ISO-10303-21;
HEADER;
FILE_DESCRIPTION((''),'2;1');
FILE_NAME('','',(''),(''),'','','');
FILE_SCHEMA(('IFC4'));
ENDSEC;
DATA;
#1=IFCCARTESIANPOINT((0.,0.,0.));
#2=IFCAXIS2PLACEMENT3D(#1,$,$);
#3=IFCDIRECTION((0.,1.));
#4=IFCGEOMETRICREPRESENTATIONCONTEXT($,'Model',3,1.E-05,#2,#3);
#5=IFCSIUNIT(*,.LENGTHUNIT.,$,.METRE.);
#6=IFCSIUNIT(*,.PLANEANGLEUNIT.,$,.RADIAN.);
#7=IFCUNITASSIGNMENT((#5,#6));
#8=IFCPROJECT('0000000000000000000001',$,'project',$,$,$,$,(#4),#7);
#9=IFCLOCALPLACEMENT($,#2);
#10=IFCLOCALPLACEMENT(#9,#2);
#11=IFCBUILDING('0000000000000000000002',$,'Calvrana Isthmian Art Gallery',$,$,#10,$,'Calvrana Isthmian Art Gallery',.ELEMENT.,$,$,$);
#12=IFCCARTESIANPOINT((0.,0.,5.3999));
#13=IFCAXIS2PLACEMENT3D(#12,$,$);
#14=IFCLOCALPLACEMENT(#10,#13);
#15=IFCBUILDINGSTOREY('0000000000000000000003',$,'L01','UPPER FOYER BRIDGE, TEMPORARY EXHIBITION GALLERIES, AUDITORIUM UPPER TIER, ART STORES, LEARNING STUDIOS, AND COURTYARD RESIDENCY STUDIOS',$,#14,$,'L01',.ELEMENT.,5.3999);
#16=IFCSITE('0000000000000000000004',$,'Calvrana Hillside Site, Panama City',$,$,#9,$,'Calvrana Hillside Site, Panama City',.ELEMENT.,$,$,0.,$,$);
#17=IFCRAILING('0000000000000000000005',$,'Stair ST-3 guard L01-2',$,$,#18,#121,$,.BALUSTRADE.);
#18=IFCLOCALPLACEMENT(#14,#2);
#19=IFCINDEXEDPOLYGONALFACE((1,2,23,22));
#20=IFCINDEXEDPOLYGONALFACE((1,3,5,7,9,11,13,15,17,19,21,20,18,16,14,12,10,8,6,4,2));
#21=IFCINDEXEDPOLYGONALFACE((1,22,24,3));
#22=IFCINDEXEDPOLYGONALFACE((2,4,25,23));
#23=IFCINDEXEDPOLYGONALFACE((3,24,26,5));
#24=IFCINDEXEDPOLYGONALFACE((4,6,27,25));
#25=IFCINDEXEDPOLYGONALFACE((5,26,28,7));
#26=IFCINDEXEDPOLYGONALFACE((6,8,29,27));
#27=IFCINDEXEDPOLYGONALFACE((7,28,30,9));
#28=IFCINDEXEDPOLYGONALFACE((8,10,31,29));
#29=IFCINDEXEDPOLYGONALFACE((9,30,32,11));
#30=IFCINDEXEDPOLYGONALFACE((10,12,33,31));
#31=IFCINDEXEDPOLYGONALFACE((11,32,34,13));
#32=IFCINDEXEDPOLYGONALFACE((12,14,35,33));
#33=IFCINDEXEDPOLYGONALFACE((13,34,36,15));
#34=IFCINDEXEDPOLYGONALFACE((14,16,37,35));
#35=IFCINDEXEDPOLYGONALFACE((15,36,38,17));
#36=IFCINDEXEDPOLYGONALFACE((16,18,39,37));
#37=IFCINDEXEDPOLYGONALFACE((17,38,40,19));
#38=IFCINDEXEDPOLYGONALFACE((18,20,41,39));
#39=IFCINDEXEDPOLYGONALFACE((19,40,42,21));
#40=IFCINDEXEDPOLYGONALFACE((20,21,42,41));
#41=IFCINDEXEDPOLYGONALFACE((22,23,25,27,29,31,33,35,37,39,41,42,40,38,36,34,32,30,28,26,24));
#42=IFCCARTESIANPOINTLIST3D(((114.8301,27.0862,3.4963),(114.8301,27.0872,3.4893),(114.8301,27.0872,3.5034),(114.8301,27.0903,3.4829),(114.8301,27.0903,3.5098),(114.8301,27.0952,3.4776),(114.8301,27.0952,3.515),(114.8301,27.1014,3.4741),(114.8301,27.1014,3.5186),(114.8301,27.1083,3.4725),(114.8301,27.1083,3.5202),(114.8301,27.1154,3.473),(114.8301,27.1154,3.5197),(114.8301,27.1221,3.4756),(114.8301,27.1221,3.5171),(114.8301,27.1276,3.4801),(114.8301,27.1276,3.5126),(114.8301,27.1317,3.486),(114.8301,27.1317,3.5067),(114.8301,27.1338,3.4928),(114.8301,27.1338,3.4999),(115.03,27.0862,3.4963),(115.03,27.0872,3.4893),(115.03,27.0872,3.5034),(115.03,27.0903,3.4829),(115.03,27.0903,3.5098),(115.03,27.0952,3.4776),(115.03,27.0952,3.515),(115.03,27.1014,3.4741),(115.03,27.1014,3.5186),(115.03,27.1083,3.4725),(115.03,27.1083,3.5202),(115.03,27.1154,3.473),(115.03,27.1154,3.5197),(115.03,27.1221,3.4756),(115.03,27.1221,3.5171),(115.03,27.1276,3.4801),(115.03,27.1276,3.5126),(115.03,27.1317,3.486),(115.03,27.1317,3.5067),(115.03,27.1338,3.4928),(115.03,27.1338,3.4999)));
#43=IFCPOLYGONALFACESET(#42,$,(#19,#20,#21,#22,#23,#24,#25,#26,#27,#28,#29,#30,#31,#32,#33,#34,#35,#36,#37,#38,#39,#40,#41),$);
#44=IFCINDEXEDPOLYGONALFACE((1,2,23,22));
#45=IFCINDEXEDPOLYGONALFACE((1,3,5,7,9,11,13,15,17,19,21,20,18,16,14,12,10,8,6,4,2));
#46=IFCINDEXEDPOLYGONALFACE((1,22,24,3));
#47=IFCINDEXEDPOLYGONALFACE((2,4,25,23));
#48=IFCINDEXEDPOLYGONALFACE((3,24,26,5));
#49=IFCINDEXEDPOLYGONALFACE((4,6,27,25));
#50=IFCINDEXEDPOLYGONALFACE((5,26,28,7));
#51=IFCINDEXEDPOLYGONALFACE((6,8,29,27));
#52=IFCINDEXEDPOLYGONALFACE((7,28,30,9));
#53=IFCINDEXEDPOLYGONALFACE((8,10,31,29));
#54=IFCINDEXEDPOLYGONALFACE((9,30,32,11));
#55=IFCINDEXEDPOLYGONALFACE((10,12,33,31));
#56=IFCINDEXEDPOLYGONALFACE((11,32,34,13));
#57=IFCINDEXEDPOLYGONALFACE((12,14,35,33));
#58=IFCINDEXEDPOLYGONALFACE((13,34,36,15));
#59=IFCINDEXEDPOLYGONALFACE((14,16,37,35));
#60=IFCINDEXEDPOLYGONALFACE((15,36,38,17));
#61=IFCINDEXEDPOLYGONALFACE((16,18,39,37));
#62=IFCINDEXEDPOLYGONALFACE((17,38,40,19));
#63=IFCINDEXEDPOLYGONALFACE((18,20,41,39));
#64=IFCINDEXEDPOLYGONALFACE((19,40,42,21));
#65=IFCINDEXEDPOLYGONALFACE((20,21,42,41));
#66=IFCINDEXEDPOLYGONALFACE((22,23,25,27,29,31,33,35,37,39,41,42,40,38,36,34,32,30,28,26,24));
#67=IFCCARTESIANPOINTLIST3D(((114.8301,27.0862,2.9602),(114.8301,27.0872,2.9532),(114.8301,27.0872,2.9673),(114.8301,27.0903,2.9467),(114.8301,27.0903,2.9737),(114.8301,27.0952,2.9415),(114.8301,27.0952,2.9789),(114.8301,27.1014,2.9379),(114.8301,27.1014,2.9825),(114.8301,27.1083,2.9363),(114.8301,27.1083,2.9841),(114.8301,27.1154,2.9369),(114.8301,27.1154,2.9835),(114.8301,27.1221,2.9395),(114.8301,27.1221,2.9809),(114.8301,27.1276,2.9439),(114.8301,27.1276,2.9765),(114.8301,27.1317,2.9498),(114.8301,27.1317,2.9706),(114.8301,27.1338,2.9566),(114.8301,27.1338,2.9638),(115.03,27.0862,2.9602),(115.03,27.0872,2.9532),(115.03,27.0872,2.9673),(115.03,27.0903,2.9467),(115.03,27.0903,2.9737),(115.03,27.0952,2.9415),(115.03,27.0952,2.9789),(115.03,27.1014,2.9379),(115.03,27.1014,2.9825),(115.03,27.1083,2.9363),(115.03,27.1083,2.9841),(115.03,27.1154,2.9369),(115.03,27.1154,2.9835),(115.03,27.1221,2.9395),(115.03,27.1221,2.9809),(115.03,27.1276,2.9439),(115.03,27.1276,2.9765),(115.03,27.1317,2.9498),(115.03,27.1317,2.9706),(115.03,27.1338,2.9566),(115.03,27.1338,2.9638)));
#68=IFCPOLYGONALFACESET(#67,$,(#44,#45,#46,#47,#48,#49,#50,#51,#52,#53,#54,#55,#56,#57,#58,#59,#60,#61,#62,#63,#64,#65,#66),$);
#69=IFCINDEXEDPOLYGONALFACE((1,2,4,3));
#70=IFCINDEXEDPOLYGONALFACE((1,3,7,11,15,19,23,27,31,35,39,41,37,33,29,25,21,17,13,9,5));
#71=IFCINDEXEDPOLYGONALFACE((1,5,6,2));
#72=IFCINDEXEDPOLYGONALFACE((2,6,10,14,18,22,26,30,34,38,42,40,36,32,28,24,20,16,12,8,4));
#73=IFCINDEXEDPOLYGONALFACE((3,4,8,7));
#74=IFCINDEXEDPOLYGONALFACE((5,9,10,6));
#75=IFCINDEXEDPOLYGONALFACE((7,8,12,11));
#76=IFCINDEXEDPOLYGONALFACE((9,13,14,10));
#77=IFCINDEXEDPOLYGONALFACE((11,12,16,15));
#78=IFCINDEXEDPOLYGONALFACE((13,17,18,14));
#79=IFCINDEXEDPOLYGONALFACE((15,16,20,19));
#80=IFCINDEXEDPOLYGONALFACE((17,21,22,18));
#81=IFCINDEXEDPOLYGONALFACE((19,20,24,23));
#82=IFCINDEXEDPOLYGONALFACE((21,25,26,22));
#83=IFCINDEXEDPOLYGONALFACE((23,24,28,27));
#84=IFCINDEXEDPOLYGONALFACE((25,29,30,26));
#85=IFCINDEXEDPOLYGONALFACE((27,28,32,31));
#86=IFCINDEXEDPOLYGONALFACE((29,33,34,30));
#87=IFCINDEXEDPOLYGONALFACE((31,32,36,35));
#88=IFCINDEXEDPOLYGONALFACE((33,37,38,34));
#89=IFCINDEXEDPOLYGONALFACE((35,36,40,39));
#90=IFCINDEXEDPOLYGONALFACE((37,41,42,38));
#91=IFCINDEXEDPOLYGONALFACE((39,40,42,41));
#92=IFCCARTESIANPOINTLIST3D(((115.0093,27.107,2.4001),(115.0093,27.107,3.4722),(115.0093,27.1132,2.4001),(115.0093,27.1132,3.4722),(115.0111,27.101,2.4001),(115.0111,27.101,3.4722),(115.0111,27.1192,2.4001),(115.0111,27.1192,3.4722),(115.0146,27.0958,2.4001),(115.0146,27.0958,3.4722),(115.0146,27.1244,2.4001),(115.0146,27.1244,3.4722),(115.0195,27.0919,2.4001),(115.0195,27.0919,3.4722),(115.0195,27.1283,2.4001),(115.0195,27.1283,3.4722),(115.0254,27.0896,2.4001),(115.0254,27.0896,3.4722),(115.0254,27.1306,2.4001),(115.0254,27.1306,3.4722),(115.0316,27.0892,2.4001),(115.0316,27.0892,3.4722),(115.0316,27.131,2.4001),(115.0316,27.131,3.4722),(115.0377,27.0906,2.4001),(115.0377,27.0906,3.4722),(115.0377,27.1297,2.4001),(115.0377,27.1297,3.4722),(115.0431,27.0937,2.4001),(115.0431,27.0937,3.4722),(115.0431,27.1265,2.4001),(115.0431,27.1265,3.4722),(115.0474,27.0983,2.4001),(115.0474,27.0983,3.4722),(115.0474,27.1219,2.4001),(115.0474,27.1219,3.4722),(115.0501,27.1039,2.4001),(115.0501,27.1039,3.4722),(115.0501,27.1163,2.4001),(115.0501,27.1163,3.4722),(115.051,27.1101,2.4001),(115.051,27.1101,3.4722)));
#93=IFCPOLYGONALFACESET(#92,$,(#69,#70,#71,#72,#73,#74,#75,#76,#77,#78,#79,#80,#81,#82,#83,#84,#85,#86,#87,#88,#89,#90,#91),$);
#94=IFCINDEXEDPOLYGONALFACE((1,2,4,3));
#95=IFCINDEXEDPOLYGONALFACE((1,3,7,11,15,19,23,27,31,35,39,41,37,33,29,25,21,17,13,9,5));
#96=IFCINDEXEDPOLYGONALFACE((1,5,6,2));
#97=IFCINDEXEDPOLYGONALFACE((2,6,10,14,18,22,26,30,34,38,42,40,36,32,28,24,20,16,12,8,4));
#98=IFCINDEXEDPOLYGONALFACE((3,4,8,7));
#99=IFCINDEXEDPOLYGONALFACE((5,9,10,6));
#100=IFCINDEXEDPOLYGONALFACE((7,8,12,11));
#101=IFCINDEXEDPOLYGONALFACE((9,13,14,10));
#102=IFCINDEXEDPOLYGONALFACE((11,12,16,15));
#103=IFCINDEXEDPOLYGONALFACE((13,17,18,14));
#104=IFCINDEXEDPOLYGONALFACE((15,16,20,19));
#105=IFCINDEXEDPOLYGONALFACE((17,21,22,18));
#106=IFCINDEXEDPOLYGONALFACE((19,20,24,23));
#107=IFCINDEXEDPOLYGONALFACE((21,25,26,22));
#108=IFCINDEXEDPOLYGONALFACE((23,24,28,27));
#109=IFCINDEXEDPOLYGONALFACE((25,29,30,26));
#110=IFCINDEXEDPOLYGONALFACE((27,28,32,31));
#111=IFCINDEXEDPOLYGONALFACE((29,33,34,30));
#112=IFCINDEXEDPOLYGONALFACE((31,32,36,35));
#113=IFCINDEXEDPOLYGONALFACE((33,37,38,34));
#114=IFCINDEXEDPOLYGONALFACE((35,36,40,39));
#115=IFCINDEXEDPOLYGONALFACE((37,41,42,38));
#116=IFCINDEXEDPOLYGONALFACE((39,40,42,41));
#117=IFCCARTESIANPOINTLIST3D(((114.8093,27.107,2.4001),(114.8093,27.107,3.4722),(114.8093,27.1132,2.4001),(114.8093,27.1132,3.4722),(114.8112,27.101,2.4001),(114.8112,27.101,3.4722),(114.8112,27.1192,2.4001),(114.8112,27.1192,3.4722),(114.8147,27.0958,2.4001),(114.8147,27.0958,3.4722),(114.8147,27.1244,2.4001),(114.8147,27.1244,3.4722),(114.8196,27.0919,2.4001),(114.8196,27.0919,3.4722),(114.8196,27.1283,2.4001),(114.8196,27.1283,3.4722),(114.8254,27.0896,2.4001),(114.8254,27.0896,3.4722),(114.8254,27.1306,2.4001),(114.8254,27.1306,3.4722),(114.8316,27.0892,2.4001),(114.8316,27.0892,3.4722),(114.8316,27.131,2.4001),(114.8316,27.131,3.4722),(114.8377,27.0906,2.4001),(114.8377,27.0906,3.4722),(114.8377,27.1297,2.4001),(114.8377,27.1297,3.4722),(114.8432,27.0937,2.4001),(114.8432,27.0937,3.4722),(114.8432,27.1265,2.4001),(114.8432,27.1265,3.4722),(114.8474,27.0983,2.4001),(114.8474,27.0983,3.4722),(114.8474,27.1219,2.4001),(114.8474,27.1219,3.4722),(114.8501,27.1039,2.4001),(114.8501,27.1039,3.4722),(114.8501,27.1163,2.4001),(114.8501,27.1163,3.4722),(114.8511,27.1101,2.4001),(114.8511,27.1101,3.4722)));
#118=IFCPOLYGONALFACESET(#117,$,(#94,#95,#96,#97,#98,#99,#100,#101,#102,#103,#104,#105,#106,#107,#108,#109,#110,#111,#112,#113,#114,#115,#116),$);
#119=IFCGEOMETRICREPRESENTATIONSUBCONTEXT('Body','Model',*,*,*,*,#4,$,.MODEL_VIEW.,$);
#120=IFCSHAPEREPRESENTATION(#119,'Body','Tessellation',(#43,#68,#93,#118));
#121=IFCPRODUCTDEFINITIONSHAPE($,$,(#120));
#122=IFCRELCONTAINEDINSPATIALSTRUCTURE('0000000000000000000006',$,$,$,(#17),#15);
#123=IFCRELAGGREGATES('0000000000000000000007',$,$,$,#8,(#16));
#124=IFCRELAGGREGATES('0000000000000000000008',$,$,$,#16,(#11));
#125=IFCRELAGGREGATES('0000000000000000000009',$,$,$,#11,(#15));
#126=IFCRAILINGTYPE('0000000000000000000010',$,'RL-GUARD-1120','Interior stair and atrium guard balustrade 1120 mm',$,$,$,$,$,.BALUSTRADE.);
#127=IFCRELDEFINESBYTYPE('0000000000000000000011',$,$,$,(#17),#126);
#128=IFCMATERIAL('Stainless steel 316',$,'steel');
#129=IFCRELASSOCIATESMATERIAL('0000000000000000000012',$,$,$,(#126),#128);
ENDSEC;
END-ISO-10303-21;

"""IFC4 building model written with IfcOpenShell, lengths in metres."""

from ifc_helpers import new_model, si_unit, direction, frame, origin, origin_2d, place, context, subcontext, project, spatial, circle, extrude, material, type_object, element, save


model = new_model("IFC4")

# Units and contexts
model_context = context("Model", 3, precision=1e-05, world=origin(), true_north=direction((0.0, 1.0)))
body_context = subcontext(model_context, "Body", "Model", "MODEL_VIEW")
ifc_project = project(units=[si_unit("LENGTHUNIT", "METRE"), si_unit("PLANEANGLEUNIT", "RADIAN")], contexts=[model_context])

# Site, building, storey
site_placement = place(None, origin())
site = spatial("IfcSite", under=ifc_project, at=site_placement, Name="Calvrana Hillside Site, Panama City", LongName="Calvrana Hillside Site, Panama City", CompositionType="ELEMENT", RefElevation=0.0)
building_placement = place(site_placement, origin())
building = spatial("IfcBuilding", under=site, at=building_placement, Name="Calvrana Isthmian Art Gallery", LongName="Calvrana Isthmian Art Gallery", CompositionType="ELEMENT")
storey_placement = place(building_placement, frame((0.0, 0.0, 5.3999)))
storey = spatial("IfcBuildingStorey", under=building, at=storey_placement, Name="L01", Description="UPPER FOYER BRIDGE, TEMPORARY EXHIBITION GALLERIES, AUDITORIUM UPPER TIER, ART STORES, LEARNING STUDIOS, AND COURTYARD RESIDENCY STUDIOS", LongName="L01", CompositionType="ELEMENT", Elevation=5.3999)

# Railing
ifc_material_1 = material(Name="Stainless steel 316", Category="steel")
railing_type_1 = type_object("IfcRailingType", Name="RL-GUARD-1120", Description="Interior stair and atrium guard balustrade 1120 mm", PredefinedType="BALUSTRADE", material=ifc_material_1)
railing_1_placement = place(storey_placement, frame((115.03, 27.1101, 2.4001)))
element("IfcRailing", 1, at=railing_1_placement, inside=storey, type_object=railing_type_1, Name="Stair ST-3 guard L01-2", PredefinedType="BALUSTRADE", context=body_context, shape_type="SweptSolid", body=[
    extrude(circle(Radius=0.0239, at=origin_2d()), frame((0.0, 0.0, 1.0962), z_axis=(-1.0, 0.0, 0.0), x_axis=(0.0, -1.0, 0.0)), (0.0, 0.0, 1.0), 0.2),
    extrude(circle(Radius=0.0239, at=origin_2d()), frame((0.0, 0.0, 0.5601), z_axis=(-1.0, 0.0, 0.0), x_axis=(0.0, -1.0, 0.0)), (0.0, 0.0, 1.0), 0.2),
    extrude(circle(Radius=0.021, at=origin_2d()), origin(), (0.0, 0.0, 1.0), 1.072),
    extrude(circle(Radius=0.021, at=origin_2d()), frame((-0.2, 0.0, 0.0)), (0.0, 0.0, 1.0), 1.072),
])

save(model, "model.ifc")
